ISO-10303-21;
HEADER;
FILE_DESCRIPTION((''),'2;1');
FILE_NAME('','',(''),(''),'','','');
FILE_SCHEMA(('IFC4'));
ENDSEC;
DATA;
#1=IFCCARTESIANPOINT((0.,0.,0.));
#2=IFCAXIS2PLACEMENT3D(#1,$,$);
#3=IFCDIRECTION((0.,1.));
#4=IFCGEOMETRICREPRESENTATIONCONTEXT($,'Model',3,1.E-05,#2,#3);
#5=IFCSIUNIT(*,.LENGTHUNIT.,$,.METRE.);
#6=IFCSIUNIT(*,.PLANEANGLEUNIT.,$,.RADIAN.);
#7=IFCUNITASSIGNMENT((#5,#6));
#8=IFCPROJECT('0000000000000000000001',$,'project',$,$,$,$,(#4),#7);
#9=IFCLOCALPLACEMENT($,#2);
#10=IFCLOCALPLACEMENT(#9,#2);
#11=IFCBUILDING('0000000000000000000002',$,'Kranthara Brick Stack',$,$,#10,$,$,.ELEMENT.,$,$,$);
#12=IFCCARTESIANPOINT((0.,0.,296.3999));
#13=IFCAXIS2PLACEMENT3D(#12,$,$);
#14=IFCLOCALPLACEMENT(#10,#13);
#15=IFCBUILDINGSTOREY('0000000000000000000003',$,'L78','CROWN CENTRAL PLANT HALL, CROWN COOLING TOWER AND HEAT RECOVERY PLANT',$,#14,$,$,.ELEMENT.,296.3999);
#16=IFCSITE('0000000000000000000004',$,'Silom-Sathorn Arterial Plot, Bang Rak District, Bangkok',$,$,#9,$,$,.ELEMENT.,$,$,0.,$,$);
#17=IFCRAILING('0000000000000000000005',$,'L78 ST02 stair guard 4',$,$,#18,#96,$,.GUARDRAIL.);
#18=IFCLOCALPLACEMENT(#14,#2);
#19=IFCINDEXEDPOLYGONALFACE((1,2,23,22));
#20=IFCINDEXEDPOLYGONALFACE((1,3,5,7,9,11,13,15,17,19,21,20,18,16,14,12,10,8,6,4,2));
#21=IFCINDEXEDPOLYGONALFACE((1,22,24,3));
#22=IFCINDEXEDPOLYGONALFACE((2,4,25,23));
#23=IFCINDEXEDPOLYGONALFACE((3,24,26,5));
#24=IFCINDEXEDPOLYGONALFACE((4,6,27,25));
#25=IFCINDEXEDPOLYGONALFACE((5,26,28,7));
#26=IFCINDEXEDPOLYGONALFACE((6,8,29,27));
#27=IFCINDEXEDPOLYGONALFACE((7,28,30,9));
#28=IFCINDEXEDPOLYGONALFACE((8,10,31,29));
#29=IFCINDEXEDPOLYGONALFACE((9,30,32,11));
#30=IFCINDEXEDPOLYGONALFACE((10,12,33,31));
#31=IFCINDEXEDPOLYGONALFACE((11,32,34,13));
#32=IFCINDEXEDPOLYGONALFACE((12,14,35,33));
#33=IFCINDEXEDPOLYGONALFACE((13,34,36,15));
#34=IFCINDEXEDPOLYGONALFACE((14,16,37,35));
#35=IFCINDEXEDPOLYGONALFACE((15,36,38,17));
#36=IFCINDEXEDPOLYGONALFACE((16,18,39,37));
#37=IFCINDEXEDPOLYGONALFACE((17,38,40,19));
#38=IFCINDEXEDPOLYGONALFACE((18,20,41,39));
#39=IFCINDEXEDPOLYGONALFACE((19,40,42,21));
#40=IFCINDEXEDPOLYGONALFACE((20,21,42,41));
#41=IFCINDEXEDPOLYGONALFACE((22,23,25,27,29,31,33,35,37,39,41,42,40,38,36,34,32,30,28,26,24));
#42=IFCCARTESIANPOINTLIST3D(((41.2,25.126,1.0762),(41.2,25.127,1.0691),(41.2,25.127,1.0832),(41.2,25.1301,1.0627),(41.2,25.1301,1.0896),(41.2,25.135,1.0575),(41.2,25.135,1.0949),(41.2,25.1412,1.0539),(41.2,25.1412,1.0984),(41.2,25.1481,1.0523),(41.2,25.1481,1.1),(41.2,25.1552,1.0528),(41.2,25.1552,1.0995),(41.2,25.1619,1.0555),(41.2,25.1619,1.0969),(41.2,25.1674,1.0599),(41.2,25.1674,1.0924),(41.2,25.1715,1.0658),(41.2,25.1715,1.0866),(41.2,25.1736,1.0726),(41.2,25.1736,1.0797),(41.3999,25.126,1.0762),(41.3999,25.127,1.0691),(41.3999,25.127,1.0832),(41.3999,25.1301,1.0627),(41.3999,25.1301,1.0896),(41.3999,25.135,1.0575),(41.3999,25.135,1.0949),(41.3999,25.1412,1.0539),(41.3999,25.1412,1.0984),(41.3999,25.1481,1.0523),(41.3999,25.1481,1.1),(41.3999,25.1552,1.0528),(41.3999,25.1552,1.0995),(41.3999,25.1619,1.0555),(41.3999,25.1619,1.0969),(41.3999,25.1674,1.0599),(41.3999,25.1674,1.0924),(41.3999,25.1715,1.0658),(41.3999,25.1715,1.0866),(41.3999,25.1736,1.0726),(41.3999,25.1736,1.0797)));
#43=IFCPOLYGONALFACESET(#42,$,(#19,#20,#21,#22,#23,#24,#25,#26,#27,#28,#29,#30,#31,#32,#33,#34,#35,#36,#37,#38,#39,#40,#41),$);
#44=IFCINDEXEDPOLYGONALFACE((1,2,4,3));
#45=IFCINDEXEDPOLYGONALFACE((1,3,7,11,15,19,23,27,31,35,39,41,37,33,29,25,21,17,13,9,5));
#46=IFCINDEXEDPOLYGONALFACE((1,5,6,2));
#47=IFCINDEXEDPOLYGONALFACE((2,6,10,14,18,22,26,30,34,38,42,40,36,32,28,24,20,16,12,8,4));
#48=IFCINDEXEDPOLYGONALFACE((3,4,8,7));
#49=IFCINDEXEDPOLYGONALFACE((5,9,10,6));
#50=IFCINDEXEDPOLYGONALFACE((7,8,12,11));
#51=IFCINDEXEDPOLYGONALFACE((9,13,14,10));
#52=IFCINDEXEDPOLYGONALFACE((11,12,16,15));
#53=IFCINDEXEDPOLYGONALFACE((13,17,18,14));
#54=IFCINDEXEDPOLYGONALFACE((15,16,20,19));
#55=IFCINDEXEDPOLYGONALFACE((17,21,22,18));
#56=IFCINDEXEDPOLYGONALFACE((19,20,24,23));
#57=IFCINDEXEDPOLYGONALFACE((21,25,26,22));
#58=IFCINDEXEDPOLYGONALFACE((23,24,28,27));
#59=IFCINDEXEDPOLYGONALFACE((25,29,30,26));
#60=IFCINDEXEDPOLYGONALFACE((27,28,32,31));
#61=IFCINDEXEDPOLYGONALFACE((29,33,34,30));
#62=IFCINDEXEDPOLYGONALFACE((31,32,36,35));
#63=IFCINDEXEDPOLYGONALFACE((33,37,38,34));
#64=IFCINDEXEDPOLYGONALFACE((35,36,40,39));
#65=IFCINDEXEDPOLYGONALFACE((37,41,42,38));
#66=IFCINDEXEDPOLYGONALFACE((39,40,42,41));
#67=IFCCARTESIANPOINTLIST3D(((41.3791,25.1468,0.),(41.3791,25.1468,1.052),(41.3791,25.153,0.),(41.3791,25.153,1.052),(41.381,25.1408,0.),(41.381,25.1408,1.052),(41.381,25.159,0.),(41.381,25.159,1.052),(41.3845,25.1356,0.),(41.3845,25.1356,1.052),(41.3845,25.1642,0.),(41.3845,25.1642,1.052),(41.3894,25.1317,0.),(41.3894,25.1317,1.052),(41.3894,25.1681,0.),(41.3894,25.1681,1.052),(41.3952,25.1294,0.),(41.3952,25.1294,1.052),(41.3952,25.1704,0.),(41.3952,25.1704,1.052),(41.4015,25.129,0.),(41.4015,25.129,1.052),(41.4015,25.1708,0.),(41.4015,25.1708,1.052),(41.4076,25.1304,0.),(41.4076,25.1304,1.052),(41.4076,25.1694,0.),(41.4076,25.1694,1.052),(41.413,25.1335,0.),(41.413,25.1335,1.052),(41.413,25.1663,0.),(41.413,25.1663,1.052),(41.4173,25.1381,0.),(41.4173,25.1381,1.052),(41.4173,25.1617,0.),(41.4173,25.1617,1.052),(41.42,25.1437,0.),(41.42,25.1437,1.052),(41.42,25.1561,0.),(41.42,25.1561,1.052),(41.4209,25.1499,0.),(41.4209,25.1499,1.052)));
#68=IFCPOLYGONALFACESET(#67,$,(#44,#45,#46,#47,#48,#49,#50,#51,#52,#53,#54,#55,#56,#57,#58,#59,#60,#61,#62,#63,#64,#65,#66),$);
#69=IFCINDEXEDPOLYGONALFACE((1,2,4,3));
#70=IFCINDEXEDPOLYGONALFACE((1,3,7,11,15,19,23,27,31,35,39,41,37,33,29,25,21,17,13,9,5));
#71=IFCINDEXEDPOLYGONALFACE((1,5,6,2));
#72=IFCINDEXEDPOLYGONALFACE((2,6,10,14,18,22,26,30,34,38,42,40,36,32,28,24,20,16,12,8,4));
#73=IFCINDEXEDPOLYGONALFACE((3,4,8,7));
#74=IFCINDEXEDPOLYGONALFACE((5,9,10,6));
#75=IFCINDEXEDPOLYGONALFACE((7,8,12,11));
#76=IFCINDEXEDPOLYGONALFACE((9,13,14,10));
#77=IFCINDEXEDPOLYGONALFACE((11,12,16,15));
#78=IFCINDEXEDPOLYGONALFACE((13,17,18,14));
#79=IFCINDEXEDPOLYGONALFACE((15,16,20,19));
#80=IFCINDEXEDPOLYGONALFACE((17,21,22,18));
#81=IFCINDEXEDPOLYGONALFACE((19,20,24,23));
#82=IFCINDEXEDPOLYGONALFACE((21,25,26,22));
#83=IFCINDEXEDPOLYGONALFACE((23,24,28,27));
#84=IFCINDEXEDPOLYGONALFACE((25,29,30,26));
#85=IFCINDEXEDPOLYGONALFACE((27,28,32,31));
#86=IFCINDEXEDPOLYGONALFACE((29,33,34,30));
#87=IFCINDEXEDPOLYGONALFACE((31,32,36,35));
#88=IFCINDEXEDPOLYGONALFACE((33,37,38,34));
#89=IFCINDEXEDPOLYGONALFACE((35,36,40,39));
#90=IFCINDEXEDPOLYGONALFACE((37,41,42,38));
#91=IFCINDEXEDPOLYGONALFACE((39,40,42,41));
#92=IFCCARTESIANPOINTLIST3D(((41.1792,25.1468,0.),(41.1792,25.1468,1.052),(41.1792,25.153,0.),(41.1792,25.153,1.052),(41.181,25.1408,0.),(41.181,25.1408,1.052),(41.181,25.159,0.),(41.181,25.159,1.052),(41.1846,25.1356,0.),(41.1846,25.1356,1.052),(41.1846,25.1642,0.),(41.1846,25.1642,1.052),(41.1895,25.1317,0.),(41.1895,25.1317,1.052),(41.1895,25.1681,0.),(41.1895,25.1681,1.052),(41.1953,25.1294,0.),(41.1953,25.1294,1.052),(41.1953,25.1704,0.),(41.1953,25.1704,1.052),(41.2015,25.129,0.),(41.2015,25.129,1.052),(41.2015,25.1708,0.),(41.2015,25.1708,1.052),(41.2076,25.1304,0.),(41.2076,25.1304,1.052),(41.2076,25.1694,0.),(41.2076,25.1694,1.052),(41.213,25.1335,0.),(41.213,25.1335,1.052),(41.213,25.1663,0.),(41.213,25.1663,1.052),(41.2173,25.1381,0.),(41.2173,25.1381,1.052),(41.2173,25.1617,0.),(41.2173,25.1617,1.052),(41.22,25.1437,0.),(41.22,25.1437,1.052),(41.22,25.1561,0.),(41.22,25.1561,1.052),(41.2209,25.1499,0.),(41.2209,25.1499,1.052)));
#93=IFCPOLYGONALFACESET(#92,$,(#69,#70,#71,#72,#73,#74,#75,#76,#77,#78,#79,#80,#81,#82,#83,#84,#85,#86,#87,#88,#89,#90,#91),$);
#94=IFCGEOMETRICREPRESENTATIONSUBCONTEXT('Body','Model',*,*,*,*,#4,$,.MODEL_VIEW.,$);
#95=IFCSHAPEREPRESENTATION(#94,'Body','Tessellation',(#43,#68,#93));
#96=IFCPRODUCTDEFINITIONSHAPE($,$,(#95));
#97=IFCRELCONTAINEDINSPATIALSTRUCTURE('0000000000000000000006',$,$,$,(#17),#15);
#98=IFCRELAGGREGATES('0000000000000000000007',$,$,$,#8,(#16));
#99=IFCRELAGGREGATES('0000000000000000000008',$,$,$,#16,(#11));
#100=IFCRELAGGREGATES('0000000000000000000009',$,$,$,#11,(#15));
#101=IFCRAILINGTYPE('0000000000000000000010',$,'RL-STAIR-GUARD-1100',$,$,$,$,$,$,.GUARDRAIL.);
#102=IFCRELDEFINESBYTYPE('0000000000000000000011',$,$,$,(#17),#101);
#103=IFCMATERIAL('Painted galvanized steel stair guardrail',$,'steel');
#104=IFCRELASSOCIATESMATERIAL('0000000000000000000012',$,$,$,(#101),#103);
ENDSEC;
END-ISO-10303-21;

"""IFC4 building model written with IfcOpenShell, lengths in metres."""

from ifc_helpers import new_model, si_unit, direction, frame, origin, origin_2d, place, context, subcontext, project, spatial, circle, extrude, material, type_object, element, save


model = new_model("IFC4")

# Units and contexts
model_context = context("Model", 3, precision=1e-05, world=origin(), true_north=direction((0.0, 1.0)))
body_context = subcontext(model_context, "Body", "Model", "MODEL_VIEW")
ifc_project = project(units=[si_unit("LENGTHUNIT", "METRE"), si_unit("PLANEANGLEUNIT", "RADIAN")], contexts=[model_context])

# Site, building, storey
site_placement = place(None, origin())
site = spatial("IfcSite", under=ifc_project, at=site_placement, Name="Silom-Sathorn Arterial Plot, Bang Rak District, Bangkok", CompositionType="ELEMENT", RefElevation=0.0)
building_placement = place(site_placement, origin())
building = spatial("IfcBuilding", under=site, at=building_placement, Name="Kranthara Brick Stack", CompositionType="ELEMENT")
storey_placement = place(building_placement, frame((0.0, 0.0, 296.3999)))
storey = spatial("IfcBuildingStorey", under=building, at=storey_placement, Name="L78", Description="CROWN CENTRAL PLANT HALL, CROWN COOLING TOWER AND HEAT RECOVERY PLANT", CompositionType="ELEMENT", Elevation=296.3999)

# Railing
ifc_material_1 = material(Name="Painted galvanized steel stair guardrail", Category="steel")
railing_type_1 = type_object("IfcRailingType", Name="RL-STAIR-GUARD-1100", PredefinedType="GUARDRAIL", material=ifc_material_1)
railing_1_placement = place(storey_placement, frame((41.3999, 25.1499, 0.0)))
element("IfcRailing", 1, at=railing_1_placement, inside=storey, type_object=railing_type_1, Name="L78 ST02 stair guard 4", PredefinedType="GUARDRAIL", context=body_context, shape_type="SweptSolid", body=[
    extrude(circle(Radius=0.0239, at=origin_2d()), frame((0.0, 0.0, 1.0762), z_axis=(-1.0, 0.0, 0.0), x_axis=(0.0, -1.0, 0.0)), (0.0, 0.0, 1.0), 0.2),
    extrude(circle(Radius=0.021, at=origin_2d()), origin(), (0.0, 0.0, 1.0), 1.052),
    extrude(circle(Radius=0.021, at=origin_2d()), frame((-0.2, 0.0, 0.0)), (0.0, 0.0, 1.0), 1.052),
])

save(model, "model.ifc")
